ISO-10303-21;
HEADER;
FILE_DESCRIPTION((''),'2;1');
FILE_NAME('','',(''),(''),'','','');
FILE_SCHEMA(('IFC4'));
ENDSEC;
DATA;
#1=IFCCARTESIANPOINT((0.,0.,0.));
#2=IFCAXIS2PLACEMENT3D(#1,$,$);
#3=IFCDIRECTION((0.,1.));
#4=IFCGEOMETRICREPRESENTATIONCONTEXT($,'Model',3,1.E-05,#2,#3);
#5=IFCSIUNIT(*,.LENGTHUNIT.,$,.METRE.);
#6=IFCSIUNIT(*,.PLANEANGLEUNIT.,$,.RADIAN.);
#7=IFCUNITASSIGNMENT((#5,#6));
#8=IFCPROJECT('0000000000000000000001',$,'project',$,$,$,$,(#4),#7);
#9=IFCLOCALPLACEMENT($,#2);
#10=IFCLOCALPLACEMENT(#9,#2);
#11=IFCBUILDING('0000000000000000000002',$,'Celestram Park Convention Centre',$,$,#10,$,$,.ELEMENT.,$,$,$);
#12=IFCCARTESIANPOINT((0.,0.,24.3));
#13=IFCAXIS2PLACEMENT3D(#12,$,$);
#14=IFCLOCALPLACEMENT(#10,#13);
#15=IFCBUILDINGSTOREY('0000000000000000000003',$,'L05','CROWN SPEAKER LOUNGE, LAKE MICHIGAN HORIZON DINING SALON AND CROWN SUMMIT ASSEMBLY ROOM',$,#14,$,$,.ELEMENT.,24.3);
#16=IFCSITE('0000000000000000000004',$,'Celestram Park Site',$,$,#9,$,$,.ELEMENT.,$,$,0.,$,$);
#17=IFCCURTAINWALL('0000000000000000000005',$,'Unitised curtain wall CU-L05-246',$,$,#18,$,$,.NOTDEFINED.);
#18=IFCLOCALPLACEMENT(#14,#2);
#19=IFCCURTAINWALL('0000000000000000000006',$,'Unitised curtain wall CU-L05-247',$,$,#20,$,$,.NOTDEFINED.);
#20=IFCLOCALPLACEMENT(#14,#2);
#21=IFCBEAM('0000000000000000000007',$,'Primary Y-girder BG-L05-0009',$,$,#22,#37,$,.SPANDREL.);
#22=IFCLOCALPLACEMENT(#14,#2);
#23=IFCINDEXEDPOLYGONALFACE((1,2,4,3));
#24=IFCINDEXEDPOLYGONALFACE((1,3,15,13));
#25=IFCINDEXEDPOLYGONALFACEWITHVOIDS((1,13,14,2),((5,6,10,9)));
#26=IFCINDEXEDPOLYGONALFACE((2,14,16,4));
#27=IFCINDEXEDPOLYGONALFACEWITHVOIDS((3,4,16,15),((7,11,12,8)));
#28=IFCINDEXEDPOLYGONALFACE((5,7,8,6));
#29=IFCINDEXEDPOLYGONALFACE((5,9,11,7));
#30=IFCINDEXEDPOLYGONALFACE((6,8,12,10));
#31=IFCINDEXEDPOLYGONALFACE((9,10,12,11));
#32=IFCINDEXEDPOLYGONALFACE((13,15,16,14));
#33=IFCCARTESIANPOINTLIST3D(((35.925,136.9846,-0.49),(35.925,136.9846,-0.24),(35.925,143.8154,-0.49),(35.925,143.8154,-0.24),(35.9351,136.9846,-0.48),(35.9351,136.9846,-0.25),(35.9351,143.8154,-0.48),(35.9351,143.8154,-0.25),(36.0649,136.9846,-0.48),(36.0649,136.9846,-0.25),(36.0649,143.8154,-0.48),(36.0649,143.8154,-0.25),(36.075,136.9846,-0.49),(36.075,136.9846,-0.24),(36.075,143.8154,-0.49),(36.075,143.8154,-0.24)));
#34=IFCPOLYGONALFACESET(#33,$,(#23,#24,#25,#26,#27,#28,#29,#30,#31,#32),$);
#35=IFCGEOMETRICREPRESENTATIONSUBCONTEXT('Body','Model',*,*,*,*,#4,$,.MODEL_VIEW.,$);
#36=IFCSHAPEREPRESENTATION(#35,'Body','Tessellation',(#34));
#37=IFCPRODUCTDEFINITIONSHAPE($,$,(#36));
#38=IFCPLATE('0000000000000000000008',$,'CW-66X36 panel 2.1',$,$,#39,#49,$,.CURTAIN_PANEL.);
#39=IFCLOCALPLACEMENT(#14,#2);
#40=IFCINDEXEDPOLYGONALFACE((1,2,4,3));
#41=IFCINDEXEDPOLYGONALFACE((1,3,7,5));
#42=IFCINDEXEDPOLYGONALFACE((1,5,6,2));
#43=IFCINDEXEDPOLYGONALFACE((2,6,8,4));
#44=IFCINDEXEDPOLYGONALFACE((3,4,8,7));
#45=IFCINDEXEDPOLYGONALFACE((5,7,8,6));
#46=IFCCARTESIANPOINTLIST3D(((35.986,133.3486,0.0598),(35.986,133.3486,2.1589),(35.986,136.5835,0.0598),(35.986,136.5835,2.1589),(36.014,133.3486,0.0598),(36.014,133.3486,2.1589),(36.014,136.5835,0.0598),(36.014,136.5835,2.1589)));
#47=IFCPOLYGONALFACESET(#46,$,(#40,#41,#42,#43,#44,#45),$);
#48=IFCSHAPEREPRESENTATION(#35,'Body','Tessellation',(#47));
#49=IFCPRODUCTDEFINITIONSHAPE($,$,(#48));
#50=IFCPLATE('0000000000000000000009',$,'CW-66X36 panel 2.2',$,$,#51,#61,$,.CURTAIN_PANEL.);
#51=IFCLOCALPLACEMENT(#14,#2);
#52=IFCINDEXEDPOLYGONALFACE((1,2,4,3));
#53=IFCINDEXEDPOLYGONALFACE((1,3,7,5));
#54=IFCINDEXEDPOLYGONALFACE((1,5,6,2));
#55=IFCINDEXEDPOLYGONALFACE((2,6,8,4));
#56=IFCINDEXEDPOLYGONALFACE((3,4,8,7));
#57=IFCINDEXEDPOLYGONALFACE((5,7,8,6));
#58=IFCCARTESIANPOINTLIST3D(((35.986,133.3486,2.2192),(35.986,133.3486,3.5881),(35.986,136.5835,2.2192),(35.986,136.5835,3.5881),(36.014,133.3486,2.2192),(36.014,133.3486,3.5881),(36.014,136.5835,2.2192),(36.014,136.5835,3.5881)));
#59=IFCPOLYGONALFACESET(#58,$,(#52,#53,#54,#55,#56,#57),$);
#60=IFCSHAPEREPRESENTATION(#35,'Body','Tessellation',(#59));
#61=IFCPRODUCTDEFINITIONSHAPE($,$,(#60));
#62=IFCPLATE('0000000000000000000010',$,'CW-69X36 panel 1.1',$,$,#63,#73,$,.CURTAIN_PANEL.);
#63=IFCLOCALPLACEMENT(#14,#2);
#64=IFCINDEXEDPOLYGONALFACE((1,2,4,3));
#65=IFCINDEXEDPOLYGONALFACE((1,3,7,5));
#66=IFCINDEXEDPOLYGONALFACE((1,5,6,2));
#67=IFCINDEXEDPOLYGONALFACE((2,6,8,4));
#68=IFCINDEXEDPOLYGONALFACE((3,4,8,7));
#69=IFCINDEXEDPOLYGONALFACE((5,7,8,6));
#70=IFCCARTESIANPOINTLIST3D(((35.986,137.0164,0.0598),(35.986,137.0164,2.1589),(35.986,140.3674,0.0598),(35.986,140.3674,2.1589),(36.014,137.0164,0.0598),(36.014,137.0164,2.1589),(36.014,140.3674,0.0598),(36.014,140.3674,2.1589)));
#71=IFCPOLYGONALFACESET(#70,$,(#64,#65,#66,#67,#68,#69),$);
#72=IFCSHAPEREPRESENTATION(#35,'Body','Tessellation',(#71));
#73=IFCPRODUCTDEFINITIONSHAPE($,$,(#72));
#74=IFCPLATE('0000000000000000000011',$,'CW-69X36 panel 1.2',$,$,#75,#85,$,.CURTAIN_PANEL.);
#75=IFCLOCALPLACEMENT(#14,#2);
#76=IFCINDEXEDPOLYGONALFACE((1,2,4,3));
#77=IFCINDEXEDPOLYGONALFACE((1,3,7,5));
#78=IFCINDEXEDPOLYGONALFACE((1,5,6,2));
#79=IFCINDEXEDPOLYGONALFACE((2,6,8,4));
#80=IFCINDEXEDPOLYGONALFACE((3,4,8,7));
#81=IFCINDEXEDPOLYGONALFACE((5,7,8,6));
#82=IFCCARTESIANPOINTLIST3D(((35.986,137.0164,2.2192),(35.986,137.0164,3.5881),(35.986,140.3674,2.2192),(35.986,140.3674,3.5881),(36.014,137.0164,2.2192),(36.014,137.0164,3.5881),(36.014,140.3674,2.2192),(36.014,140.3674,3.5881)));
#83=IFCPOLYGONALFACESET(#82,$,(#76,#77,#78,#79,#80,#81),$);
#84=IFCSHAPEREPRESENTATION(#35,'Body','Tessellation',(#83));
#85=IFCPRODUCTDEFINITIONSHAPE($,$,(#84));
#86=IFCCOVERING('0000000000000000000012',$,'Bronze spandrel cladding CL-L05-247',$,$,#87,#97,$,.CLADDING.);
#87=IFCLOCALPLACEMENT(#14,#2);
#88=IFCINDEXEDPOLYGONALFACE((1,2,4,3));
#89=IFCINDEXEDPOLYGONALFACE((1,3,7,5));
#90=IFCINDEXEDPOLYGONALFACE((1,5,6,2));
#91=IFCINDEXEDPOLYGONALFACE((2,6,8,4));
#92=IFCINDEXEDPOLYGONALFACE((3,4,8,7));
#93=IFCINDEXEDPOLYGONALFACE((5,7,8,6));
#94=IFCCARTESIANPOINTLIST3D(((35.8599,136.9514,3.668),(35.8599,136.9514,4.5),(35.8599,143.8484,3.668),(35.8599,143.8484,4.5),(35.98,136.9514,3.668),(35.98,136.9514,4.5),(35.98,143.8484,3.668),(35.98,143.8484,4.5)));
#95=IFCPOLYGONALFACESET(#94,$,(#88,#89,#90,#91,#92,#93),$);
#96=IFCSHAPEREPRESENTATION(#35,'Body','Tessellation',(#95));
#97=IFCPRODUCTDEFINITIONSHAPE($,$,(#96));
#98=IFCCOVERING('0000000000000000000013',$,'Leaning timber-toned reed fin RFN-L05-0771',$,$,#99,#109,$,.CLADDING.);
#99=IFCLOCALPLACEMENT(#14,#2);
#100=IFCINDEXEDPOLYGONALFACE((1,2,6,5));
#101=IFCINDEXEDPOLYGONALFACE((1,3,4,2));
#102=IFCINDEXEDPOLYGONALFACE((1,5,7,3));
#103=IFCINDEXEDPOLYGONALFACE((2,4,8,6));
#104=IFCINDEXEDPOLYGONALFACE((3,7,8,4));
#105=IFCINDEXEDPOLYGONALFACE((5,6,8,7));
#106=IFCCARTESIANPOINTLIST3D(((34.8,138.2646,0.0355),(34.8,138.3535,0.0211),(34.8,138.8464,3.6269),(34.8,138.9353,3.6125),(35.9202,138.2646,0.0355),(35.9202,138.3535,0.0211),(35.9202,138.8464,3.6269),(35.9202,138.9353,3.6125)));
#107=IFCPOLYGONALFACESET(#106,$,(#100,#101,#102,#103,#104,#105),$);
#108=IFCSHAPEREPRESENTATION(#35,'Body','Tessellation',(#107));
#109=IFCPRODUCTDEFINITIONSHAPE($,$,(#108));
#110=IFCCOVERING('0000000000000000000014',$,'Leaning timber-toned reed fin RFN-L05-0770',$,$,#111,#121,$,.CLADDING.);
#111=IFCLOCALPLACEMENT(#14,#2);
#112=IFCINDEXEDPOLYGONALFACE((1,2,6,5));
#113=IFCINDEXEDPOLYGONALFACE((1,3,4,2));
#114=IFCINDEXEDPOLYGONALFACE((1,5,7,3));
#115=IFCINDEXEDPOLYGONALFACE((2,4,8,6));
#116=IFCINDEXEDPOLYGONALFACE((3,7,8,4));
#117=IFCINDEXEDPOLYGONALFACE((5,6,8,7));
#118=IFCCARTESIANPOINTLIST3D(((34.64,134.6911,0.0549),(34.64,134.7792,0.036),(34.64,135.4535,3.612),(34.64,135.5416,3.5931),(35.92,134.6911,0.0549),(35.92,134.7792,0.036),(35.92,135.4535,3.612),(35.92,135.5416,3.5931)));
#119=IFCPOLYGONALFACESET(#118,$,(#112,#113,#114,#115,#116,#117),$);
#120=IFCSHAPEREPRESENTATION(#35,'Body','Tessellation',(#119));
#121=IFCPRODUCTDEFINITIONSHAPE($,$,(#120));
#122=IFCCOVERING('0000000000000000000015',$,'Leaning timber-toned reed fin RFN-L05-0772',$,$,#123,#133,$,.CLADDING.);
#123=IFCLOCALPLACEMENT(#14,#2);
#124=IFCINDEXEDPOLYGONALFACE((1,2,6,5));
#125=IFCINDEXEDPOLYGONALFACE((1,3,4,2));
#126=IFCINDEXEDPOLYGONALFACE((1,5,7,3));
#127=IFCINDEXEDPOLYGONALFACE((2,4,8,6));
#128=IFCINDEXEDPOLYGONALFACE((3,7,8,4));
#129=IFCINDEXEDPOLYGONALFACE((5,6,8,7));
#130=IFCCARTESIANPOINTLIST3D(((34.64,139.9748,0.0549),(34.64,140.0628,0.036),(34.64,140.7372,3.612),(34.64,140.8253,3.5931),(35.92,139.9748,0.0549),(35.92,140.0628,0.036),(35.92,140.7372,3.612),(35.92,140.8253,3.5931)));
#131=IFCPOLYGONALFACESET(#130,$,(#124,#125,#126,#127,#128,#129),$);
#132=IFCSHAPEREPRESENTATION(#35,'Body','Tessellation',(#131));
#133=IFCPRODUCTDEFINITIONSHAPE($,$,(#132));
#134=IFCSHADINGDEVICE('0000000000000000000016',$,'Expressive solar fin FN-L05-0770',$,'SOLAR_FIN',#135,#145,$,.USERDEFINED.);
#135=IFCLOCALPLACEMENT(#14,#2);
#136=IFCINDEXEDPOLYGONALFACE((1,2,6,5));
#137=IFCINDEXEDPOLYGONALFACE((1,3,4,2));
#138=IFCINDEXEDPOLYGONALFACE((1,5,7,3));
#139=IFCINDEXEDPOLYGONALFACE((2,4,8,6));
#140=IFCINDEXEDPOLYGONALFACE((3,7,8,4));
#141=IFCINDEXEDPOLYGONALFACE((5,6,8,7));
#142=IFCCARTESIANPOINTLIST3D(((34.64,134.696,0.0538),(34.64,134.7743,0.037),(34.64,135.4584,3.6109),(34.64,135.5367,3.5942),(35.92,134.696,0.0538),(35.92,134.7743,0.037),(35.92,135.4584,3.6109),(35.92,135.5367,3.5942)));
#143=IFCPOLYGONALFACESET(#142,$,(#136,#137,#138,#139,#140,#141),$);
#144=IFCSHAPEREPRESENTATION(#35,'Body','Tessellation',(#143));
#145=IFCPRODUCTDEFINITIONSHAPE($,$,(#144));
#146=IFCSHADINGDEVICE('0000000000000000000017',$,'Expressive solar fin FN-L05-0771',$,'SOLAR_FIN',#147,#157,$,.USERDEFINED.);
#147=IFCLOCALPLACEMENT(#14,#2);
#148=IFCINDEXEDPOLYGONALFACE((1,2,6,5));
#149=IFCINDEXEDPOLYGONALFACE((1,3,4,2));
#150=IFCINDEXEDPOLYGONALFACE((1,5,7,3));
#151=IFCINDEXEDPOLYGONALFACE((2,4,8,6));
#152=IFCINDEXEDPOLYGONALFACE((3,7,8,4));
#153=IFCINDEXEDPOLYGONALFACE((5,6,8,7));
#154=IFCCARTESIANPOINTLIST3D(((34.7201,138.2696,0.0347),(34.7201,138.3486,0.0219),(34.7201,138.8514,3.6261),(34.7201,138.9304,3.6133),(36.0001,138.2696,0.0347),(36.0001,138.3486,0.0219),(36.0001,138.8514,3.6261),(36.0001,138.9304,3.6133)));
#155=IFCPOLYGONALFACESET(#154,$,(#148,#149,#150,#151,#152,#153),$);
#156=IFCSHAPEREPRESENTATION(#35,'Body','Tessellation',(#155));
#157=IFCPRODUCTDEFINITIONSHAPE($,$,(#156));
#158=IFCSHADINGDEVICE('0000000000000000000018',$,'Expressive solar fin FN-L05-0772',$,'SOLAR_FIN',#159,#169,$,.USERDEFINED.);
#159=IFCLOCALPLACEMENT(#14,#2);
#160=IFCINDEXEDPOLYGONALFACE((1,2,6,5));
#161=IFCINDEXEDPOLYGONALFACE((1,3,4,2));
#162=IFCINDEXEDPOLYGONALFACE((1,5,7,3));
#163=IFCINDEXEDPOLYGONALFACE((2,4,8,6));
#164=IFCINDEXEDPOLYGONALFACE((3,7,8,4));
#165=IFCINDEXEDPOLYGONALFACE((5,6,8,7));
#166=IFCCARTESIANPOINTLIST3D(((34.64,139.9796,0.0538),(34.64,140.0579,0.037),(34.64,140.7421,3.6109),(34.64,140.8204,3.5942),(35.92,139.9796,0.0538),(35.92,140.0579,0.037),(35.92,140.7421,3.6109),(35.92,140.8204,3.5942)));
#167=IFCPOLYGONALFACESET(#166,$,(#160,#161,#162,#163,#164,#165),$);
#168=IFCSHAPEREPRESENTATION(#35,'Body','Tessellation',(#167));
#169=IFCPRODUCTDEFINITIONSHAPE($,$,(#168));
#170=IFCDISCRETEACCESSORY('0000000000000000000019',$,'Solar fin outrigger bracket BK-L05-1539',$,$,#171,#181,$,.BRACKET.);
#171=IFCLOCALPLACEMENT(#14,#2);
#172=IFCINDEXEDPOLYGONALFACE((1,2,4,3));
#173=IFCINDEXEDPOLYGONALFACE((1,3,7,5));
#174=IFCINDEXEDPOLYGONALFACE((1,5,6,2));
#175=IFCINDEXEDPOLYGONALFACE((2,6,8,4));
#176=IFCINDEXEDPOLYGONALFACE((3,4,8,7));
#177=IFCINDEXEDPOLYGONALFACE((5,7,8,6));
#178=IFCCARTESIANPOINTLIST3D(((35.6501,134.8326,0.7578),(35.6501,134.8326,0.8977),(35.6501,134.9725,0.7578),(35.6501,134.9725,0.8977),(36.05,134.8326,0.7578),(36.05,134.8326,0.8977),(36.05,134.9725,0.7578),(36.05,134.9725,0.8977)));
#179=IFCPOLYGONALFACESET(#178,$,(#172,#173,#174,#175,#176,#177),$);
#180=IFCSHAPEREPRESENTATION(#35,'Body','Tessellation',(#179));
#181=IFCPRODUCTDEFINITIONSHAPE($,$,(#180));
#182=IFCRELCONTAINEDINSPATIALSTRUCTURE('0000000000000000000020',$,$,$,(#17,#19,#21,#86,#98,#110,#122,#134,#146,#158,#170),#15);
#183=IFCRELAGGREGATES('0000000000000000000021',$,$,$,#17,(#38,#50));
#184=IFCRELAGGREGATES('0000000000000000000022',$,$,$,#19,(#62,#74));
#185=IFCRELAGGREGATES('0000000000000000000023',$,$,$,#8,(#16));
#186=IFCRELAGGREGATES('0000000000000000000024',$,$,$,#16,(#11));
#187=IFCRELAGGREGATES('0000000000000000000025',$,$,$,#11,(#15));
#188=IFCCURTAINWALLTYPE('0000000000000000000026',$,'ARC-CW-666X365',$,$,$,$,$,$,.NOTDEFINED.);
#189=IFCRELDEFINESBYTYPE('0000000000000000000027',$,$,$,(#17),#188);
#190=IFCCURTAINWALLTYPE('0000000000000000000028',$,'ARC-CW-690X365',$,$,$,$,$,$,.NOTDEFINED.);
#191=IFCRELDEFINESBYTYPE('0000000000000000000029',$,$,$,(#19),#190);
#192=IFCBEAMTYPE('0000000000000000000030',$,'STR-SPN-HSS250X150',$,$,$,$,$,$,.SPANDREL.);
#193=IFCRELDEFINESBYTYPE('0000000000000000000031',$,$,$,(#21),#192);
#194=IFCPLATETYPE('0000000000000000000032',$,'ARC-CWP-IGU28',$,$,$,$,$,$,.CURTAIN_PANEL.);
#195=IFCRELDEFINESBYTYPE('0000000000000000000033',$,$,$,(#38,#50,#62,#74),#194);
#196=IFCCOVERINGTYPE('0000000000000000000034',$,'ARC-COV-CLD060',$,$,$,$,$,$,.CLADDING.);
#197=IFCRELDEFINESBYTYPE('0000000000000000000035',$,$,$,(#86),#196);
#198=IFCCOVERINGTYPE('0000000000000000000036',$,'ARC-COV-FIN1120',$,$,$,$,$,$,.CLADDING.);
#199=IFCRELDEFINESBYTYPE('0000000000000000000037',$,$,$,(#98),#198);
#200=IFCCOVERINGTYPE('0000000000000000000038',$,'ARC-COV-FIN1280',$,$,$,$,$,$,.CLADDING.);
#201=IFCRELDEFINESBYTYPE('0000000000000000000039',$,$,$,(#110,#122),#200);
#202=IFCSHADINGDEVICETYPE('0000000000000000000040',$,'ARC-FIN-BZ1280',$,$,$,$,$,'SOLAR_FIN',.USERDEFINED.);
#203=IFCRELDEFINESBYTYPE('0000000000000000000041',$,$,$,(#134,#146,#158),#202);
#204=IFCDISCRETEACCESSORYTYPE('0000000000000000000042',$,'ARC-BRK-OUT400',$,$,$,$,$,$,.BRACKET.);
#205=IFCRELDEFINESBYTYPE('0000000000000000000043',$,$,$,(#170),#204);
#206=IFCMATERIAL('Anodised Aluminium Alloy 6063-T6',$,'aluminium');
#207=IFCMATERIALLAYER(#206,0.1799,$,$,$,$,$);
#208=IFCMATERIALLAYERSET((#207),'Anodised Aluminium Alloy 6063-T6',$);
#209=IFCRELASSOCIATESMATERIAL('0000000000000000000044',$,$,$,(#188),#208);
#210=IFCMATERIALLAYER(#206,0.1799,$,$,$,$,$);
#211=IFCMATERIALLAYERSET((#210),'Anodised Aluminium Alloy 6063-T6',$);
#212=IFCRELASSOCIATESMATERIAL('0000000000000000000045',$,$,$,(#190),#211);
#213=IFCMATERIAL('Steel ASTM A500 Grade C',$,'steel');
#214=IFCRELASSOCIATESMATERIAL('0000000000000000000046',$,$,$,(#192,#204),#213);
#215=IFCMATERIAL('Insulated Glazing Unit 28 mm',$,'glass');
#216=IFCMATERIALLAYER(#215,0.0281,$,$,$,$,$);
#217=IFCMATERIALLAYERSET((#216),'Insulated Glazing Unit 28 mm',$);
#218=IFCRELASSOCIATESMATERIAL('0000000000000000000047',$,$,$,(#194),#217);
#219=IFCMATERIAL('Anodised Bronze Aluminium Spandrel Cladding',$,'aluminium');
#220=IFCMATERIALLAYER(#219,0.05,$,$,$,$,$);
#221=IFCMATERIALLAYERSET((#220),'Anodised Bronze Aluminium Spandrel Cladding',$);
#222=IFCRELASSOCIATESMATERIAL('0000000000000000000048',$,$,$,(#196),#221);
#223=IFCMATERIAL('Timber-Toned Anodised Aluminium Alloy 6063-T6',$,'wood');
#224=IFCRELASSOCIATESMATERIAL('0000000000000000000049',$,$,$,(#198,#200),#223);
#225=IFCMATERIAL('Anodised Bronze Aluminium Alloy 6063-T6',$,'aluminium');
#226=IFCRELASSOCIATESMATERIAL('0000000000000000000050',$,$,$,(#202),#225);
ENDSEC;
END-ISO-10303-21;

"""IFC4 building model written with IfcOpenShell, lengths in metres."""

from ifc_helpers import new_model, si_unit, direction, frame, origin, origin_2d, place, context, subcontext, project, spatial, rectangle, hollow_rectangle, extrude, material, layer, layer_set, material_profile, profile_set, type_object, element, aggregate, save


model = new_model("IFC4")

# Units and contexts
model_context = context("Model", 3, precision=1e-05, world=origin(), true_north=direction((0.0, 1.0)))
body_context = subcontext(model_context, "Body", "Model", "MODEL_VIEW")
ifc_project = project(units=[si_unit("LENGTHUNIT", "METRE"), si_unit("PLANEANGLEUNIT", "RADIAN")], contexts=[model_context])

# Site, building, storey
site_placement = place(None, origin())
site = spatial("IfcSite", under=ifc_project, at=site_placement, Name="Celestram Park Site", CompositionType="ELEMENT", RefElevation=0.0)
building_placement = place(site_placement, origin())
building = spatial("IfcBuilding", under=site, at=building_placement, Name="Celestram Park Convention Centre", CompositionType="ELEMENT")
storey_placement = place(building_placement, frame((0.0, 0.0, 24.3)))
storey = spatial("IfcBuildingStorey", under=building, at=storey_placement, Name="L05", Description="CROWN SPEAKER LOUNGE, LAKE MICHIGAN HORIZON DINING SALON AND CROWN SUMMIT ASSEMBLY ROOM", CompositionType="ELEMENT", Elevation=24.3)

# Curtain wall
ifc_material_1 = material(Name="Anodised Aluminium Alloy 6063-T6", Category="aluminium")
ifc_layer_1 = layer(ifc_material_1, 0.1799)
ifc_layer_set_1 = layer_set([ifc_layer_1], Name="Anodised Aluminium Alloy 6063-T6")
curtain_wall_type_1 = type_object("IfcCurtainWallType", Name="ARC-CW-666X365", PredefinedType="NOTDEFINED", material=ifc_layer_set_1)
curtain_wall_1_placement = place(storey_placement, origin())
curtain_wall_1 = element("IfcCurtainWall", 1, at=curtain_wall_1_placement, inside=storey, type_object=curtain_wall_type_1, Name="Unitised curtain wall CU-L05-246", PredefinedType="NOTDEFINED")

# Curtain wall
ifc_layer_2 = layer(ifc_material_1, 0.1799)
ifc_layer_set_2 = layer_set([ifc_layer_2], Name="Anodised Aluminium Alloy 6063-T6")
curtain_wall_type_2 = type_object("IfcCurtainWallType", Name="ARC-CW-690X365", PredefinedType="NOTDEFINED", material=ifc_layer_set_2)
curtain_wall_2_placement = place(storey_placement, origin())
curtain_wall_2 = element("IfcCurtainWall", 2, at=curtain_wall_2_placement, inside=storey, type_object=curtain_wall_type_2, Name="Unitised curtain wall CU-L05-247", PredefinedType="NOTDEFINED")

# Beam
ifc_material_2 = material(Name="Steel ASTM A500 Grade C", Category="steel")
ifc_material_profile_1 = material_profile(ifc_material_2, hollow_rectangle(XDim=0.1499, YDim=0.25, WallThickness=0.01, at=origin_2d()), Name="HSS250X150X10")
ifc_profile_set_1 = profile_set([ifc_material_profile_1], Name="Steel ASTM A500 Grade C")
beam_type = type_object("IfcBeamType", Name="STR-SPN-HSS250X150", PredefinedType="SPANDREL", material=ifc_profile_set_1)
beam_placement = place(storey_placement, frame((36.0, 136.9846, -0.365), z_axis=(0.0, 1.0, 0.0), x_axis=(-1.0, 0.0, 0.0)))
element("IfcBeam", 3, at=beam_placement, inside=storey, type_object=beam_type, Name="Primary Y-girder BG-L05-0009", PredefinedType="SPANDREL", context=body_context, shape_type="SweptSolid", body=[
    extrude(hollow_rectangle(XDim=0.1499, YDim=0.25, WallThickness=0.01, at=origin_2d()), origin(), (0.0, 0.0, 1.0), 6.8308),
])

# Plates
ifc_material_3 = material(Name="Insulated Glazing Unit 28 mm", Category="glass")
ifc_layer_3 = layer(ifc_material_3, 0.0281)
ifc_layer_set_3 = layer_set([ifc_layer_3], Name="Insulated Glazing Unit 28 mm")
plate_type = type_object("IfcPlateType", Name="ARC-CWP-IGU28", PredefinedType="CURTAIN_PANEL", material=ifc_layer_set_3)
plate_1_placement = place(storey_placement, frame((36.0, 134.9661, 0.0598), z_axis=(0.0, 0.0, 1.0), x_axis=(0.0, 1.0, 0.0)))
plate_1 = element("IfcPlate", 4, at=plate_1_placement, type_object=plate_type, Name="CW-66X36 panel 2.1", PredefinedType="CURTAIN_PANEL", context=body_context, shape_type="SweptSolid", body=[
    extrude(rectangle(XDim=3.2349, YDim=0.0281, at=origin_2d()), origin(), (0.0, 0.0, 1.0), 2.0991),
])
plate_2_placement = place(storey_placement, frame((36.0, 134.9661, 2.2192), z_axis=(0.0, 0.0, 1.0), x_axis=(0.0, 1.0, 0.0)))
plate_2 = element("IfcPlate", 5, at=plate_2_placement, type_object=plate_type, Name="CW-66X36 panel 2.2", PredefinedType="CURTAIN_PANEL", context=body_context, shape_type="SweptSolid", body=[
    extrude(rectangle(XDim=3.2349, YDim=0.0281, at=origin_2d()), origin(), (0.0, 0.0, 1.0), 1.3689),
])
aggregate(curtain_wall_1, [plate_1, plate_2])
plate_3_placement = place(storey_placement, frame((36.0, 138.6919, 0.0598), z_axis=(0.0, 0.0, 1.0), x_axis=(0.0, 1.0, 0.0)))
plate_3 = element("IfcPlate", 6, at=plate_3_placement, type_object=plate_type, Name="CW-69X36 panel 1.1", PredefinedType="CURTAIN_PANEL", context=body_context, shape_type="SweptSolid", body=[
    extrude(rectangle(XDim=3.3511, YDim=0.0281, at=origin_2d()), origin(), (0.0, 0.0, 1.0), 2.0991),
])
plate_4_placement = place(storey_placement, frame((36.0, 138.6919, 2.2192), z_axis=(0.0, 0.0, 1.0), x_axis=(0.0, 1.0, 0.0)))
plate_4 = element("IfcPlate", 7, at=plate_4_placement, type_object=plate_type, Name="CW-69X36 panel 1.2", PredefinedType="CURTAIN_PANEL", context=body_context, shape_type="SweptSolid", body=[
    extrude(rectangle(XDim=3.3511, YDim=0.0281, at=origin_2d()), origin(), (0.0, 0.0, 1.0), 1.3689),
])
aggregate(curtain_wall_2, [plate_3, plate_4])

# Coverings
ifc_material_4 = material(Name="Anodised Bronze Aluminium Spandrel Cladding", Category="aluminium")
ifc_layer_4 = layer(ifc_material_4, 0.05)
ifc_layer_set_4 = layer_set([ifc_layer_4], Name="Anodised Bronze Aluminium Spandrel Cladding")
covering_type_1 = type_object("IfcCoveringType", Name="ARC-COV-CLD060", PredefinedType="CLADDING", material=ifc_layer_set_4)
covering_1_placement = place(storey_placement, frame((35.9199, 140.3999, 3.668), z_axis=(0.0, 0.0, 1.0), x_axis=(0.0, 1.0, 0.0)))
element("IfcCovering", 8, at=covering_1_placement, inside=storey, type_object=covering_type_1, Name="Bronze spandrel cladding CL-L05-247", PredefinedType="CLADDING", context=body_context, shape_type="SweptSolid", body=[
    extrude(rectangle(XDim=6.897, YDim=0.1201, at=origin_2d()), origin(), (0.0, 0.0, 1.0), 0.832),
])
ifc_material_5 = material(Name="Timber-Toned Anodised Aluminium Alloy 6063-T6", Category="wood")
ifc_material_profile_2 = material_profile(ifc_material_5, rectangle(XDim=1.1201, YDim=0.0901, at=origin_2d()), Name="REED1120X90")
ifc_profile_set_2 = profile_set([ifc_material_profile_2], Name="Timber-Toned Anodised Aluminium Alloy 6063-T6")
covering_type_2 = type_object("IfcCoveringType", Name="ARC-COV-FIN1120", PredefinedType="CLADDING", material=ifc_profile_set_2)
covering_2_placement = place(storey_placement, frame((35.3601, 138.3091, 0.0283), z_axis=(0.0, 0.159914, 0.987131), x_axis=(-1.0, 0.0, 0.0)))
element("IfcCovering", 9, at=covering_2_placement, inside=storey, type_object=covering_type_2, Name="Leaning timber-toned reed fin RFN-L05-0771", PredefinedType="CLADDING", context=body_context, shape_type="SweptSolid", body=[
    extrude(rectangle(XDim=1.1201, YDim=0.0901, at=origin_2d()), origin(), (0.0, 0.0, 1.0), 3.6382),
])
ifc_material_profile_3 = material_profile(ifc_material_5, rectangle(XDim=1.28, YDim=0.0901, at=origin_2d()), Name="REED1280X90")
ifc_profile_set_3 = profile_set([ifc_material_profile_3], Name="Timber-Toned Anodised Aluminium Alloy 6063-T6")
covering_type_3 = type_object("IfcCoveringType", Name="ARC-COV-FIN1280", PredefinedType="CLADDING", material=ifc_profile_set_3)
for number, where, z_axis, x_axis, name in (
    (10, (35.28, 134.7351, 0.0454), (0.0, 0.209584, 0.977791), (-1.0, 0.0, 0.0), "Leaning timber-toned reed fin RFN-L05-0770"),
    (11, (35.28, 140.0188, 0.0454), (0.0, 0.209584, 0.977791), (-1.0, 0.0, 0.0), "Leaning timber-toned reed fin RFN-L05-0772"),
):
    element("IfcCovering", number, at=place(storey_placement, frame(where, z_axis=z_axis, x_axis=x_axis)), inside=storey, type_object=covering_type_3, Name=name, PredefinedType="CLADDING", context=body_context, shape_type="SweptSolid", body=[
        extrude(rectangle(XDim=1.28, YDim=0.0901, at=origin_2d()), origin(), (0.0, 0.0, 1.0), 3.6379),
    ])

# Shading devices
ifc_material_6 = material(Name="Anodised Bronze Aluminium Alloy 6063-T6", Category="aluminium")
ifc_material_profile_4 = material_profile(ifc_material_6, rectangle(XDim=1.28, YDim=0.0801, at=origin_2d()), Name="FIN1280X80")
ifc_profile_set_4 = profile_set([ifc_material_profile_4], Name="Anodised Bronze Aluminium Alloy 6063-T6")
shading_device_type = type_object("IfcShadingDeviceType", Name="ARC-FIN-BZ1280", ElementType="SOLAR_FIN", PredefinedType="USERDEFINED", material=ifc_profile_set_4)
shading_device_1_placement = place(storey_placement, frame((35.28, 134.7351, 0.0454), z_axis=(0.0, 0.209584, 0.977791), x_axis=(-1.0, 0.0, 0.0)))
element("IfcShadingDevice", 12, at=shading_device_1_placement, inside=storey, type_object=shading_device_type, Name="Expressive solar fin FN-L05-0770", ObjectType="SOLAR_FIN", PredefinedType="USERDEFINED", context=body_context, shape_type="SweptSolid", body=[
    extrude(rectangle(XDim=1.28, YDim=0.0801, at=origin_2d()), origin(), (0.0, 0.0, 1.0), 3.6379),
])
shading_device_2_placement = place(storey_placement, frame((35.3601, 138.3091, 0.0283), z_axis=(0.0, 0.159914, 0.987131), x_axis=(-1.0, 0.0, 0.0)))
element("IfcShadingDevice", 13, at=shading_device_2_placement, inside=storey, type_object=shading_device_type, Name="Expressive solar fin FN-L05-0771", ObjectType="SOLAR_FIN", PredefinedType="USERDEFINED", context=body_context, shape_type="SweptSolid", body=[
    extrude(rectangle(XDim=1.28, YDim=0.0801, at=origin_2d()), origin(), (0.0, 0.0, 1.0), 3.6382),
])
shading_device_3_placement = place(storey_placement, frame((35.28, 140.0188, 0.0454), z_axis=(0.0, 0.209584, 0.977791), x_axis=(-1.0, 0.0, 0.0)))
element("IfcShadingDevice", 14, at=shading_device_3_placement, inside=storey, type_object=shading_device_type, Name="Expressive solar fin FN-L05-0772", ObjectType="SOLAR_FIN", PredefinedType="USERDEFINED", context=body_context, shape_type="SweptSolid", body=[
    extrude(rectangle(XDim=1.28, YDim=0.0801, at=origin_2d()), origin(), (0.0, 0.0, 1.0), 3.6379),
])

# Discrete accessory
discrete_accessory_type = type_object("IfcDiscreteAccessoryType", Name="ARC-BRK-OUT400", PredefinedType="BRACKET", material=ifc_material_2)
for number, where, z_axis, x_axis, name in (
    (15, (35.8501, 134.9026, 0.7578), (0.0, 0.0, 1.0), (-1.0, 0.0, 0.0), "Solar fin outrigger bracket BK-L05-1539"),
):
    element("IfcDiscreteAccessory", number, at=place(storey_placement, frame(where, z_axis=z_axis, x_axis=x_axis)), inside=storey, type_object=discrete_accessory_type, Name=name, PredefinedType="BRACKET", context=body_context, shape_type="SweptSolid", body=[
        extrude(rectangle(XDim=0.3999, YDim=0.1399, at=origin_2d()), origin(), (0.0, 0.0, 1.0), 0.1399),
    ])

save(model, "model.ifc")
